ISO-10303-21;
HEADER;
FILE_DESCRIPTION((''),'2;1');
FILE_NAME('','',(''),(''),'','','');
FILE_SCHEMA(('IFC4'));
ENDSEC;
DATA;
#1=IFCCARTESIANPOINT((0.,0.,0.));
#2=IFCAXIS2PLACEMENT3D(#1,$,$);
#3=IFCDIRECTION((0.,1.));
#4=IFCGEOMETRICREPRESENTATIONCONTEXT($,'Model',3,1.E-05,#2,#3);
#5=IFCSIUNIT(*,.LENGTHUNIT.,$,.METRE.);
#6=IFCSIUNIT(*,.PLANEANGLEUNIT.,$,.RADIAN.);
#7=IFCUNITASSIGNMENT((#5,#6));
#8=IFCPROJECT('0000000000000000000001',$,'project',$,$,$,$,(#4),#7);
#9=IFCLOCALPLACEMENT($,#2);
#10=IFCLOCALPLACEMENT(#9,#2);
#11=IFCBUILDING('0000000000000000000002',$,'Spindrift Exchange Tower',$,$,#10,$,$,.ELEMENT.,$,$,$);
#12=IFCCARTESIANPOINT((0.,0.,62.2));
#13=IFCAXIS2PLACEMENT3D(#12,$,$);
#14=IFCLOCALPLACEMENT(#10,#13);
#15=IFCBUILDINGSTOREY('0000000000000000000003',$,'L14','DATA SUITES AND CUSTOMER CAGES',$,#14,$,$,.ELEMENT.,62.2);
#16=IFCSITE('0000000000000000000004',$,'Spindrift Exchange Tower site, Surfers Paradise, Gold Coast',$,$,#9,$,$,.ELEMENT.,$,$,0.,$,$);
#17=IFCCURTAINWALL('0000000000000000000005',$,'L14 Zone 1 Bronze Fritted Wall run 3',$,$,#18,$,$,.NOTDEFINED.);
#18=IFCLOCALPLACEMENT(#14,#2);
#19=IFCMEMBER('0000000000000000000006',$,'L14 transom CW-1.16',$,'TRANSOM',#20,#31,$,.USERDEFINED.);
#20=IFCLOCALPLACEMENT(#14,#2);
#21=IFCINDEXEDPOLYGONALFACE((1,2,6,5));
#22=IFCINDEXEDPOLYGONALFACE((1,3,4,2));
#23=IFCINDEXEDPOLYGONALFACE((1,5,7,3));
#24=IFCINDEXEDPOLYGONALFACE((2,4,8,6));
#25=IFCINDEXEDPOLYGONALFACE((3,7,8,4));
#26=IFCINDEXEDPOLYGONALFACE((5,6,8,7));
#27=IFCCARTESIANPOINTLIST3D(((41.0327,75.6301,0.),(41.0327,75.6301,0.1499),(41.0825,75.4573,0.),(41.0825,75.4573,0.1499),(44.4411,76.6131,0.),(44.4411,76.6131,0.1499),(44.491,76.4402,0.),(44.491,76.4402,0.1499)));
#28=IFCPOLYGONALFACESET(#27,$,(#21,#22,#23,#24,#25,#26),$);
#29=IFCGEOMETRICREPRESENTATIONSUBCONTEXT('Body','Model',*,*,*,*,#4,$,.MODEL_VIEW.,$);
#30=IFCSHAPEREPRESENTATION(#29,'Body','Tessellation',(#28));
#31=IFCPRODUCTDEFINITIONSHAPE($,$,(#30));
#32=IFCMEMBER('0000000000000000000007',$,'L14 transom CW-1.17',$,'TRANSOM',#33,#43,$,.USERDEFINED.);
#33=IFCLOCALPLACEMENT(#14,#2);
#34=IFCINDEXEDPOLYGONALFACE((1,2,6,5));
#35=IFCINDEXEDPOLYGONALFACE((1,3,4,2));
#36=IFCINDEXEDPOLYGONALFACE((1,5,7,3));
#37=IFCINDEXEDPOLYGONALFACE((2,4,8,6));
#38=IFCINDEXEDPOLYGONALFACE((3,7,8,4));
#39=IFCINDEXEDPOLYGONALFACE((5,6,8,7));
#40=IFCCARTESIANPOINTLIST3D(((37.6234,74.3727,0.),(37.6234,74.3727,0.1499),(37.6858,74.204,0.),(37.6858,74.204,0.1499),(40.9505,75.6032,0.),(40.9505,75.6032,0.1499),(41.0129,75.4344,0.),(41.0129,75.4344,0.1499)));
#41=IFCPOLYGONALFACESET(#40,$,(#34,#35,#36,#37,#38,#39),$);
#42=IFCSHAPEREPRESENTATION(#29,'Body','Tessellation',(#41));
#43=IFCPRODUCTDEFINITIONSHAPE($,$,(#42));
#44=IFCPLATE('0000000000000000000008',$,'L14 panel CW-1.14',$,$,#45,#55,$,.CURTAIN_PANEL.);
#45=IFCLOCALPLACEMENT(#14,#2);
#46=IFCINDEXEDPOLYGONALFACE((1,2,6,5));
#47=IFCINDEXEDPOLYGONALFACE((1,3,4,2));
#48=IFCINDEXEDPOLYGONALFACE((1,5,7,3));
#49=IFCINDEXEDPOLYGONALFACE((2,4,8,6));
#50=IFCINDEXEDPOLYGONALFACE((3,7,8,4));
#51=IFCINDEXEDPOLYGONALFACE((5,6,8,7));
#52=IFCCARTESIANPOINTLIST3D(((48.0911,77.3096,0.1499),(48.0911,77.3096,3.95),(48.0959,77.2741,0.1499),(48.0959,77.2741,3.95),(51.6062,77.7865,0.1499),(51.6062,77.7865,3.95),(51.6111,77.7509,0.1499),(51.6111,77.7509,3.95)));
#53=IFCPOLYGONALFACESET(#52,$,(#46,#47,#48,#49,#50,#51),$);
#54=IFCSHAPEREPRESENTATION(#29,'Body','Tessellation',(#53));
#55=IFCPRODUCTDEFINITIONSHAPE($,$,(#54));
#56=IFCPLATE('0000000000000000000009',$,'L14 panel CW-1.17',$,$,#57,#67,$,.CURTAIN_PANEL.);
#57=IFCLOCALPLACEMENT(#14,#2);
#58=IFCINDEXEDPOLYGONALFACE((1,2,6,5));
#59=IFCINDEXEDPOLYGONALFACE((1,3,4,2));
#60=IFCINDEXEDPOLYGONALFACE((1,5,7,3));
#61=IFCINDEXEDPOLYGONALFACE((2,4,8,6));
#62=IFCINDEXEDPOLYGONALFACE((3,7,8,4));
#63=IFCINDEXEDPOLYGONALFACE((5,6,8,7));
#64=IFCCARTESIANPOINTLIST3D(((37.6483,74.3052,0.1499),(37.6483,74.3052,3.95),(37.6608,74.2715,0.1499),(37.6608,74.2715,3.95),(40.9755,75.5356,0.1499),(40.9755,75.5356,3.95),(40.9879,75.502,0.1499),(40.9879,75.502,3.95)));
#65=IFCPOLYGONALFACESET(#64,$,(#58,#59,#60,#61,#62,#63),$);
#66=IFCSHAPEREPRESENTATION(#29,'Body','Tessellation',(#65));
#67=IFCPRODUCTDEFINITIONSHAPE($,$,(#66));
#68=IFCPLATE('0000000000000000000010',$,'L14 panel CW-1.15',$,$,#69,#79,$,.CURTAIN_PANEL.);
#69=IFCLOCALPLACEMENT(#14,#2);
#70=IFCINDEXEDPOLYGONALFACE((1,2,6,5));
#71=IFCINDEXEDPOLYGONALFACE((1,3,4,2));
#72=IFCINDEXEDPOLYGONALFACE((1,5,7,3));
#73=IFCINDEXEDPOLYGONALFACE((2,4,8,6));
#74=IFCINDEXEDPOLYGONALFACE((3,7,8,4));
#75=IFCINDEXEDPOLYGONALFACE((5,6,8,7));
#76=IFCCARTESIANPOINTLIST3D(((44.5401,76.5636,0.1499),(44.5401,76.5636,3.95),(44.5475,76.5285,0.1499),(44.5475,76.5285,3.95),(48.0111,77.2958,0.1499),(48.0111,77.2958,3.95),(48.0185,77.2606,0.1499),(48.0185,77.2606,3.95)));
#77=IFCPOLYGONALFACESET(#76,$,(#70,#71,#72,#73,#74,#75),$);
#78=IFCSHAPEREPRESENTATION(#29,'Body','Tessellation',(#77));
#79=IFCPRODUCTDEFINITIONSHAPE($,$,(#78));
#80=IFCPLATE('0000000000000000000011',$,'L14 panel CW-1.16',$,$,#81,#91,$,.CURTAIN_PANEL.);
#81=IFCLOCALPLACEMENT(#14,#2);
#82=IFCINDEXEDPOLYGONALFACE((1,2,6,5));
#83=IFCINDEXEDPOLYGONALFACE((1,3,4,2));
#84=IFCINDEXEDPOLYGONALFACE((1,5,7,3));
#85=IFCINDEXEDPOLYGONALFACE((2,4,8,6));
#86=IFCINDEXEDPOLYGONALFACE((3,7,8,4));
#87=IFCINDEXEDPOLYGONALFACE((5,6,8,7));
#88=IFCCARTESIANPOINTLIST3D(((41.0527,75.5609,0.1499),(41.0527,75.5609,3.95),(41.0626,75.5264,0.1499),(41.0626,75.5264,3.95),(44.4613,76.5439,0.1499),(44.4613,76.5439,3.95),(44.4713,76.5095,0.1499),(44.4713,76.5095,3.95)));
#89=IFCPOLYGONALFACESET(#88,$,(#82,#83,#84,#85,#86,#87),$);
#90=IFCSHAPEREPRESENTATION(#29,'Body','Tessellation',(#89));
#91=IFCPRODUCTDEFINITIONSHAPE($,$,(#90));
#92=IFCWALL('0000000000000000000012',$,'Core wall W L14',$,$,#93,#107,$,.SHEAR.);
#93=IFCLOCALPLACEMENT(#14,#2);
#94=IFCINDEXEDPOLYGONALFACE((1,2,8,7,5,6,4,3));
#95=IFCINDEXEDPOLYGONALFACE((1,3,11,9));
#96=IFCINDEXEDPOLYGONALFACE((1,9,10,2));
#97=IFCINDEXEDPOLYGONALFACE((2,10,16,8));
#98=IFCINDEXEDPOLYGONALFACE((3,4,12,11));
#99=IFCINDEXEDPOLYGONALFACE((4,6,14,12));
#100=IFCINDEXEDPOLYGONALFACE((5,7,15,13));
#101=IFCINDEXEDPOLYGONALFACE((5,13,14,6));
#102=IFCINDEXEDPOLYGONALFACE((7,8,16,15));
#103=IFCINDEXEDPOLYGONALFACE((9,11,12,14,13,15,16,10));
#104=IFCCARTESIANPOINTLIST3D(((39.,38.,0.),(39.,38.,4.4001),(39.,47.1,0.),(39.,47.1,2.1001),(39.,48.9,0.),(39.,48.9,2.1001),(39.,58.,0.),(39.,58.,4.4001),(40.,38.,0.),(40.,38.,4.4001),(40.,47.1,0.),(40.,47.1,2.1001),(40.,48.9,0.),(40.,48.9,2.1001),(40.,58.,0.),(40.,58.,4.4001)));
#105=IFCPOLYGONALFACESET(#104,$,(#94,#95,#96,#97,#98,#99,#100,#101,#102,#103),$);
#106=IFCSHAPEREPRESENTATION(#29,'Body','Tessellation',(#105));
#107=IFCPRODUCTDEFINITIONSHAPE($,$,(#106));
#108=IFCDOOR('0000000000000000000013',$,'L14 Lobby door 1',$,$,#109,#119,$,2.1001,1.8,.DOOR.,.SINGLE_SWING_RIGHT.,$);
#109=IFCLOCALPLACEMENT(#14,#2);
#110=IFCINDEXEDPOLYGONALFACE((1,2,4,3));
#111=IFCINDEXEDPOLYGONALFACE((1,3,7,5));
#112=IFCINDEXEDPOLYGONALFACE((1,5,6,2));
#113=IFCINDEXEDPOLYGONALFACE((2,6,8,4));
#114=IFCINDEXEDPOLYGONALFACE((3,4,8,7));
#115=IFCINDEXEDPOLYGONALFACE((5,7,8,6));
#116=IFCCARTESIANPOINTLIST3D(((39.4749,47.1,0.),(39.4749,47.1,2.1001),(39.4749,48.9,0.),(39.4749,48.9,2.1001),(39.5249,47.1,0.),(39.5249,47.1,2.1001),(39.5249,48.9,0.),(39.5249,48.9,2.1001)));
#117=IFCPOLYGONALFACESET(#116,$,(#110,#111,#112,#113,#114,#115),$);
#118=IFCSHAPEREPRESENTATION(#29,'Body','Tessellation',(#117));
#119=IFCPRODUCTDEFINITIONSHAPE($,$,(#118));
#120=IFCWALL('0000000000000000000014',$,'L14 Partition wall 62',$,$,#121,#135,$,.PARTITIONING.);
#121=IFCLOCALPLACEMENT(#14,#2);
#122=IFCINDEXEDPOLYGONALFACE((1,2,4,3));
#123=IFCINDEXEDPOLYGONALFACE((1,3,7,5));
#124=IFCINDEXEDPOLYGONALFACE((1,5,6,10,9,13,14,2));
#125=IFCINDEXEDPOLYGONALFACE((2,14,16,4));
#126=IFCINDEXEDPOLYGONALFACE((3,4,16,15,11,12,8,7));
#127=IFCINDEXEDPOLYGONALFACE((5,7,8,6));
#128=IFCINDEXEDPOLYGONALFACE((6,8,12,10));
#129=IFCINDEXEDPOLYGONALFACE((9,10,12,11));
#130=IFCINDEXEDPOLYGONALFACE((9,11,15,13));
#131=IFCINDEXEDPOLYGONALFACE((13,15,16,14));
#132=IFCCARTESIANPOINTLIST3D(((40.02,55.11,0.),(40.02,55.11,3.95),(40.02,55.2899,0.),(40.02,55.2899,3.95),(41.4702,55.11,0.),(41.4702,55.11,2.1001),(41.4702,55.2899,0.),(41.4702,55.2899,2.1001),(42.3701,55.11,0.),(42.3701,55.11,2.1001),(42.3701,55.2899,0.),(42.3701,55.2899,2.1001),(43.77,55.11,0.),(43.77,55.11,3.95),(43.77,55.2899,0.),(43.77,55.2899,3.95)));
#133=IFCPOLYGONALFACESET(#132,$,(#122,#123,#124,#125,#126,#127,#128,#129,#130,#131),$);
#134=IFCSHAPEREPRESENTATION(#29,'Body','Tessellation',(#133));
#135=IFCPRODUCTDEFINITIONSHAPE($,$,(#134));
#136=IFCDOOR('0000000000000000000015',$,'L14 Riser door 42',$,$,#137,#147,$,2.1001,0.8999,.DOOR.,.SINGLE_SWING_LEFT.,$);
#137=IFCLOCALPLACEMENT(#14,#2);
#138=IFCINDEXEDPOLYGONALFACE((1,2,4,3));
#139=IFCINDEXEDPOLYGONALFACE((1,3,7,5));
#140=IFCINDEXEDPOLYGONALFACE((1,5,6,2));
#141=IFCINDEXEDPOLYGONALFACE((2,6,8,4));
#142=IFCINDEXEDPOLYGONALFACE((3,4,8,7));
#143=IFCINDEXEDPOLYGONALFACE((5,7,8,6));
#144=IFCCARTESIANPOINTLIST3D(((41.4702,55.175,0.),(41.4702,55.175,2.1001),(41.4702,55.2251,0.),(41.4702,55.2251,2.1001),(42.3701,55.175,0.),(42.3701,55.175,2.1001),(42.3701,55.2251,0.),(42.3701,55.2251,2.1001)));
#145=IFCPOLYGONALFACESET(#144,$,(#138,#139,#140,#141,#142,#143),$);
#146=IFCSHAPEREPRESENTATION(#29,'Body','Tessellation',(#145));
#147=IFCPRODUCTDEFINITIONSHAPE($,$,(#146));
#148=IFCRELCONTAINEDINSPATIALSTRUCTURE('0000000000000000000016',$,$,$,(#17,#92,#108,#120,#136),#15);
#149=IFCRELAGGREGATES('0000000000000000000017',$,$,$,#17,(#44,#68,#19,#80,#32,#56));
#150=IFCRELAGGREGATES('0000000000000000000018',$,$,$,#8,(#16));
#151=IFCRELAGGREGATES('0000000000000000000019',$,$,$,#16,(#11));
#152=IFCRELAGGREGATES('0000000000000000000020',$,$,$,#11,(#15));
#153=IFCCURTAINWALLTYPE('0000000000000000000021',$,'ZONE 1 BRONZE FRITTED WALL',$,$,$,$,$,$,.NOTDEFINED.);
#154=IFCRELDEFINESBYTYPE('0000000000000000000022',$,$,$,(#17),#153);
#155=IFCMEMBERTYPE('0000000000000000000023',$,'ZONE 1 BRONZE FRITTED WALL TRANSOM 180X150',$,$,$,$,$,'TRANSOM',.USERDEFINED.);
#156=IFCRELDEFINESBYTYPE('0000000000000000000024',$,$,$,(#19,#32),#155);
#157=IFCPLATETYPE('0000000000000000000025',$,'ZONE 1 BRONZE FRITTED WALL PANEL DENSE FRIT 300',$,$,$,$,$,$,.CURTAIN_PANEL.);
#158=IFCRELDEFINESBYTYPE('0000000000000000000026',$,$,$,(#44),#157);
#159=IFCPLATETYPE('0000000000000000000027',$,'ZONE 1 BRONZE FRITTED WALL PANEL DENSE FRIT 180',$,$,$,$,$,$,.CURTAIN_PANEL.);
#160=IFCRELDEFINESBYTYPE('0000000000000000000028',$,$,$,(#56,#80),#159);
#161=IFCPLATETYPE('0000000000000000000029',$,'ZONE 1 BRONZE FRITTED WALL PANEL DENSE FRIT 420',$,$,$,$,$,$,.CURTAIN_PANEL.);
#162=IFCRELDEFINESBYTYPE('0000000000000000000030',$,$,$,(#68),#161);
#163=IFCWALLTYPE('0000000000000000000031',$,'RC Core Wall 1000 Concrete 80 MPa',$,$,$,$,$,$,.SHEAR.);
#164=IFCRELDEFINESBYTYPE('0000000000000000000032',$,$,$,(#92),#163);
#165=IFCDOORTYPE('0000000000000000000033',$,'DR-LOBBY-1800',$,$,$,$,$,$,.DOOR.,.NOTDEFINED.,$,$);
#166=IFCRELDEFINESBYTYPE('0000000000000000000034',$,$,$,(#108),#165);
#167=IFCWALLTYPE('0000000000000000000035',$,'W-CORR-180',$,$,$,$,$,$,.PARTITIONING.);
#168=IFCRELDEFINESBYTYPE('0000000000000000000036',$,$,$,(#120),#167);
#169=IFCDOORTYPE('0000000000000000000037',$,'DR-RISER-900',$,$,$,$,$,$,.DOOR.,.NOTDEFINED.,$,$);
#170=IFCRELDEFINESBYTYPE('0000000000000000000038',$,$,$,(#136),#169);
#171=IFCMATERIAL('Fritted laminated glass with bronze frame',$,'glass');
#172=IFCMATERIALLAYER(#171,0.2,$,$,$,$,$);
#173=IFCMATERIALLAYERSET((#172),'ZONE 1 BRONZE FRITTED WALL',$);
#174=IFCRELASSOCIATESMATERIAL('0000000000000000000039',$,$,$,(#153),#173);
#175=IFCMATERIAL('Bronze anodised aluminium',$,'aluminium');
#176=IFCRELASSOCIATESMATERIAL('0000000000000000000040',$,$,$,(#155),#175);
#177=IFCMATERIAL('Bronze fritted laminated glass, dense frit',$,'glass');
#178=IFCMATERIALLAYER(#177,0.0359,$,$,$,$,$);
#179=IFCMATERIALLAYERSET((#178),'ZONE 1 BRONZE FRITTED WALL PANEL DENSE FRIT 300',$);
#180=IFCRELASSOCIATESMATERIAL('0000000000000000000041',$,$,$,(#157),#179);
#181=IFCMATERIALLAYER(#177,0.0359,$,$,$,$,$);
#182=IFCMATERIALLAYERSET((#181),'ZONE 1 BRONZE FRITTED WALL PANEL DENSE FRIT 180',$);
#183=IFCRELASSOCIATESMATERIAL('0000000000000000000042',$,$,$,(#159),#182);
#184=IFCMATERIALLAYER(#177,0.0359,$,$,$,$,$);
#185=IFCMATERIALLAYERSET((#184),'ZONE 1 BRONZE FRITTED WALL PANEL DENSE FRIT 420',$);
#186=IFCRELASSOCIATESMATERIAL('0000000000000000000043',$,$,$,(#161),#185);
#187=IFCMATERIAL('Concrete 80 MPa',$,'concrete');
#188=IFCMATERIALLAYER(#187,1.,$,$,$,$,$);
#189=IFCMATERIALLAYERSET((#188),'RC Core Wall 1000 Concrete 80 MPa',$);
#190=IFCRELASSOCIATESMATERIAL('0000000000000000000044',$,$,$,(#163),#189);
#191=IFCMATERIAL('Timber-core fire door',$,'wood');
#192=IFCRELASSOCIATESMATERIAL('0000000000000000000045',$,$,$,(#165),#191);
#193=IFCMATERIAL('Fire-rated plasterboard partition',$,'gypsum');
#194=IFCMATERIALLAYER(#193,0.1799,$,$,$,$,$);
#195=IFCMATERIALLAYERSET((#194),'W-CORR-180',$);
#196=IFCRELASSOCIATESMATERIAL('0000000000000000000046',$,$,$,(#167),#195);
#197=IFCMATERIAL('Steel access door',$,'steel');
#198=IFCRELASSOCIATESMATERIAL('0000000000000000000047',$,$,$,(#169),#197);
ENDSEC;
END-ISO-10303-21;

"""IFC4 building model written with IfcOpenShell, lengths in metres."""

from ifc_helpers import new_model, si_unit, direction, frame, frame_2d, origin, origin_2d, place, context, subcontext, project, spatial, rectangle, extrude, source, transform, mapped, material, layer, layer_set, material_profile, profile_set, type_object, element, fill, aggregate, save


model = new_model("IFC4")

# Units and contexts
model_context = context("Model", 3, precision=1e-05, world=origin(), true_north=direction((0.0, 1.0)))
body_context = subcontext(model_context, "Body", "Model", "MODEL_VIEW")
ifc_project = project(units=[si_unit("LENGTHUNIT", "METRE"), si_unit("PLANEANGLEUNIT", "RADIAN")], contexts=[model_context])

# Site, building, storey
site_placement = place(None, origin())
site = spatial("IfcSite", under=ifc_project, at=site_placement, Name="Spindrift Exchange Tower site, Surfers Paradise, Gold Coast", CompositionType="ELEMENT", RefElevation=0.0)
building_placement = place(site_placement, origin())
building = spatial("IfcBuilding", under=site, at=building_placement, Name="Spindrift Exchange Tower", CompositionType="ELEMENT")
storey_placement = place(building_placement, frame((0.0, 0.0, 62.2)))
storey = spatial("IfcBuildingStorey", under=building, at=storey_placement, Name="L14", Description="DATA SUITES AND CUSTOMER CAGES", CompositionType="ELEMENT", Elevation=62.2)

# Shared definitions
ifc_material_1 = material(Name="Concrete 80 MPa", Category="concrete")

# Curtain wall, members, plates
ifc_material_2 = material(Name="Fritted laminated glass with bronze frame", Category="glass")
ifc_layer_1 = layer(ifc_material_2, 0.2)
ifc_layer_set_1 = layer_set([ifc_layer_1], Name="ZONE 1 BRONZE FRITTED WALL")
curtain_wall_type = type_object("IfcCurtainWallType", Name="ZONE 1 BRONZE FRITTED WALL", PredefinedType="NOTDEFINED", material=ifc_layer_set_1)
curtain_wall_placement = place(storey_placement, origin())
curtain_wall = element("IfcCurtainWall", 1, at=curtain_wall_placement, inside=storey, type_object=curtain_wall_type, Name="L14 Zone 1 Bronze Fritted Wall run 3", PredefinedType="NOTDEFINED")
ifc_material_3 = material(Name="Bronze anodised aluminium", Category="aluminium")
ifc_material_profile_1 = material_profile(ifc_material_3, rectangle(XDim=0.1799, YDim=0.1499, at=origin_2d()), Name="ZONE 1 BRONZE FRITTED WALL TRANSOM 180X150")
ifc_profile_set_1 = profile_set([ifc_material_profile_1], Name="Bronze anodised aluminium")
member_type_1 = type_object("IfcMemberType", Name="ZONE 1 BRONZE FRITTED WALL TRANSOM 180X150", ElementType="TRANSOM", PredefinedType="USERDEFINED", material=ifc_profile_set_1)
shared_shape_1 = source(origin(), body_context, "Body", "SweptSolid", [
    extrude(rectangle(XDim=0.1799, YDim=0.1499, at=origin_2d()), origin(), (0.0, 0.0, 1.0), 3.5474),
])
member_1_placement = place(storey_placement, frame((44.4661, 76.5266, 0.075), z_axis=(-0.960846, -0.277084, 0.0), x_axis=(0.277084, -0.960846, 0.0)))
member_1 = element("IfcMember", 2, at=member_1_placement, type_object=member_type_1, Name="L14 transom CW-1.16", ObjectType="TRANSOM", PredefinedType="USERDEFINED", context=body_context, shape_type="MappedRepresentation", body=[
    mapped(shared_shape_1, transform((0.0, 0.0, 0.0), scale=1.0)),
])
member_2_placement = place(storey_placement, frame((40.9817, 75.5188, 0.075), z_axis=(-0.937915, -0.346866, 0.0), x_axis=(0.346866, -0.937915, 0.0)))
member_2 = element("IfcMember", 3, at=member_2_placement, type_object=member_type_1, Name="L14 transom CW-1.17", ObjectType="TRANSOM", PredefinedType="USERDEFINED", context=body_context, shape_type="MappedRepresentation", body=[
    mapped(shared_shape_1, transform((0.0, 0.0, 0.0), scale=1.0)),
])
ifc_material_4 = material(Name="Bronze fritted laminated glass, dense frit", Category="glass")
ifc_layer_2 = layer(ifc_material_4, 0.0359)
ifc_layer_set_2 = layer_set([ifc_layer_2], Name="ZONE 1 BRONZE FRITTED WALL PANEL DENSE FRIT 300")
plate_type_1 = type_object("IfcPlateType", Name="ZONE 1 BRONZE FRITTED WALL PANEL DENSE FRIT 300", PredefinedType="CURTAIN_PANEL", material=ifc_layer_set_2)
shared_shape_2 = source(origin(), body_context, "Body", "SweptSolid", [
    extrude(rectangle(XDim=3.5474, YDim=0.0359, at=origin_2d()), origin(), (0.0, 0.0, 1.0), 3.8),
])
plate_1_placement = place(storey_placement, frame((49.8511, 77.5303, 0.1499), z_axis=(0.0, 0.0, 1.0), x_axis=(-0.990924, -0.134424, 0.0)))
plate_1 = element("IfcPlate", 4, at=plate_1_placement, type_object=plate_type_1, Name="L14 panel CW-1.14", PredefinedType="CURTAIN_PANEL", context=body_context, shape_type="MappedRepresentation", body=[
    mapped(shared_shape_2, transform((0.0, 0.0, 0.0), scale=1.0)),
])
ifc_layer_3 = layer(ifc_material_4, 0.0359)
ifc_layer_set_3 = layer_set([ifc_layer_3], Name="ZONE 1 BRONZE FRITTED WALL PANEL DENSE FRIT 180")
plate_type_2 = type_object("IfcPlateType", Name="ZONE 1 BRONZE FRITTED WALL PANEL DENSE FRIT 180", PredefinedType="CURTAIN_PANEL", material=ifc_layer_set_3)
shared_shape_3 = source(origin(), body_context, "Body", "SweptSolid", [
    extrude(rectangle(XDim=3.5474, YDim=0.0359, at=origin_2d()), origin(), (0.0, 0.0, 1.0), 3.8),
])
plate_2_placement = place(storey_placement, frame((39.3181, 74.9036, 0.1499), z_axis=(0.0, 0.0, 1.0), x_axis=(-0.937917, -0.34686, 0.0)))
plate_2 = element("IfcPlate", 5, at=plate_2_placement, type_object=plate_type_2, Name="L14 panel CW-1.17", PredefinedType="CURTAIN_PANEL", context=body_context, shape_type="MappedRepresentation", body=[
    mapped(shared_shape_3, transform((0.0, 0.0, 0.0), scale=1.0)),
])
ifc_layer_4 = layer(ifc_material_4, 0.0359)
ifc_layer_set_4 = layer_set([ifc_layer_4], Name="ZONE 1 BRONZE FRITTED WALL PANEL DENSE FRIT 420")
plate_type_3 = type_object("IfcPlateType", Name="ZONE 1 BRONZE FRITTED WALL PANEL DENSE FRIT 420", PredefinedType="CURTAIN_PANEL", material=ifc_layer_set_4)
shared_shape_4 = source(origin(), body_context, "Body", "SweptSolid", [
    extrude(rectangle(XDim=3.5474, YDim=0.0359, at=origin_2d()), origin(), (0.0, 0.0, 1.0), 3.8),
])
plate_3_placement = place(storey_placement, frame((46.2793, 76.9121, 0.1499), z_axis=(0.0, 0.0, 1.0), x_axis=(-0.978468, -0.206401, 0.0)))
plate_3 = element("IfcPlate", 6, at=plate_3_placement, type_object=plate_type_3, Name="L14 panel CW-1.15", PredefinedType="CURTAIN_PANEL", context=body_context, shape_type="MappedRepresentation", body=[
    mapped(shared_shape_4, transform((0.0, 0.0, 0.0), scale=1.0)),
])
shared_shape_5 = source(origin(), body_context, "Body", "SweptSolid", [
    extrude(rectangle(XDim=3.5476, YDim=0.0359, at=origin_2d()), origin(), (0.0, 0.0, 1.0), 3.8),
])
plate_4_placement = place(storey_placement, frame((42.762, 76.0352, 0.1499), z_axis=(0.0, 0.0, 1.0), x_axis=(-0.960839, -0.277108, 0.0)))
plate_4 = element("IfcPlate", 7, at=plate_4_placement, type_object=plate_type_2, Name="L14 panel CW-1.16", PredefinedType="CURTAIN_PANEL", context=body_context, shape_type="MappedRepresentation", body=[
    mapped(shared_shape_5, transform((0.0, 0.0, 0.0), scale=1.0)),
])
aggregate(curtain_wall, [plate_1, plate_3, member_1, plate_4, member_2, plate_2])

# Walls, openings, doors
ifc_layer_5 = layer(ifc_material_1, 1.0)
ifc_layer_set_5 = layer_set([ifc_layer_5], Name="RC Core Wall 1000 Concrete 80 MPa")
wall_type_1 = type_object("IfcWallType", Name="RC Core Wall 1000 Concrete 80 MPa", PredefinedType="SHEAR", material=ifc_layer_set_5)
wall_1_placement = place(storey_placement, frame((39.5, 58.0, 0.0), z_axis=(0.0, 0.0, 1.0), x_axis=(0.0, -1.0, 0.0)))
wall_1 = element("IfcWall", 8, at=wall_1_placement, inside=storey, type_object=wall_type_1, Name="Core wall W L14", PredefinedType="SHEAR", context=body_context, shape_type="SweptSolid", body=[
    extrude(rectangle(XDim=20.0, YDim=1.0, at=frame_2d((10.0, 0.0))), origin(), (0.0, 0.0, 1.0), 4.4001),
])
opening_1_placement = place(wall_1_placement, frame((9.1001, 0.0, 0.0)))
opening_1 = element("IfcOpeningElement", 9, at=opening_1_placement, cuts=wall_1, PredefinedType="OPENING", context=body_context, shape_type="SweptSolid", body=[
    extrude(rectangle(XDim=1.8, YDim=2.1001, at=frame_2d((0.8999, 1.05))), frame((0.0, 0.51, 0.0), z_axis=(0.0, -1.0, 0.0), x_axis=(1.0, 0.0, 0.0)), (0.0, 0.0, 1.0), 1.02),
])
ifc_material_5 = material(Name="Timber-core fire door", Category="wood")
door_type_1 = type_object("IfcDoorType", Name="DR-LOBBY-1800", OperationType="NOTDEFINED", PredefinedType="DOOR", material=ifc_material_5)
shared_shape_6 = source(origin(), body_context, "Body", "SweptSolid", [
    extrude(rectangle(XDim=1.8, YDim=2.1001, at=frame_2d((0.8999, 1.05))), frame((0.0, 0.0249, 0.0), z_axis=(0.0, -1.0, 0.0), x_axis=(1.0, 0.0, 0.0)), (0.0, 0.0, 1.0), 0.05),
])
door_1_placement = place(opening_1_placement, origin())
door_1 = element("IfcDoor", 10, at=door_1_placement, inside=storey, type_object=door_type_1, Name="L14 Lobby door 1", OperationType="SINGLE_SWING_RIGHT", OverallHeight=2.1001, OverallWidth=1.8, PredefinedType="DOOR", context=body_context, shape_type="MappedRepresentation", body=[
    mapped(shared_shape_6, transform((0.0, 0.0, 0.0), scale=1.0)),
])
fill(opening_1, door_1)
ifc_material_6 = material(Name="Fire-rated plasterboard partition", Category="gypsum")
ifc_layer_6 = layer(ifc_material_6, 0.1799)
ifc_layer_set_6 = layer_set([ifc_layer_6], Name="W-CORR-180")
wall_type_2 = type_object("IfcWallType", Name="W-CORR-180", PredefinedType="PARTITIONING", material=ifc_layer_set_6)
wall_2_placement = place(storey_placement, frame((43.77, 55.2, 0.0), z_axis=(0.0, 0.0, 1.0), x_axis=(-1.0, 0.0, 0.0)))
wall_2 = element("IfcWall", 11, at=wall_2_placement, inside=storey, type_object=wall_type_2, Name="L14 Partition wall 62", PredefinedType="PARTITIONING", context=body_context, shape_type="SweptSolid", body=[
    extrude(rectangle(XDim=3.75, YDim=0.1799, at=frame_2d((1.875, 0.0))), origin(), (0.0, 0.0, 1.0), 3.95),
])
opening_2_placement = place(wall_2_placement, frame((1.3999, 0.0, 0.0)))
opening_2 = element("IfcOpeningElement", 12, at=opening_2_placement, cuts=wall_2, PredefinedType="OPENING", context=body_context, shape_type="SweptSolid", body=[
    extrude(rectangle(XDim=0.8999, YDim=2.1001, at=frame_2d((0.45, 1.05))), frame((0.0, 0.0999, 0.0), z_axis=(0.0, -1.0, 0.0), x_axis=(1.0, 0.0, 0.0)), (0.0, 0.0, 1.0), 0.2),
])
ifc_material_7 = material(Name="Steel access door", Category="steel")
door_type_2 = type_object("IfcDoorType", Name="DR-RISER-900", OperationType="NOTDEFINED", PredefinedType="DOOR", material=ifc_material_7)
shared_shape_7 = source(origin(), body_context, "Body", "SweptSolid", [
    extrude(rectangle(XDim=0.8999, YDim=2.1001, at=frame_2d((0.45, 1.05))), frame((0.0, 0.0249, 0.0), z_axis=(0.0, -1.0, 0.0), x_axis=(1.0, 0.0, 0.0)), (0.0, 0.0, 1.0), 0.05),
])
door_2_placement = place(opening_2_placement, origin())
door_2 = element("IfcDoor", 13, at=door_2_placement, inside=storey, type_object=door_type_2, Name="L14 Riser door 42", OperationType="SINGLE_SWING_LEFT", OverallHeight=2.1001, OverallWidth=0.8999, PredefinedType="DOOR", context=body_context, shape_type="MappedRepresentation", body=[
    mapped(shared_shape_7, transform((0.0, 0.0, 0.0), scale=1.0)),
])
fill(opening_2, door_2)

save(model, "model.ifc")
